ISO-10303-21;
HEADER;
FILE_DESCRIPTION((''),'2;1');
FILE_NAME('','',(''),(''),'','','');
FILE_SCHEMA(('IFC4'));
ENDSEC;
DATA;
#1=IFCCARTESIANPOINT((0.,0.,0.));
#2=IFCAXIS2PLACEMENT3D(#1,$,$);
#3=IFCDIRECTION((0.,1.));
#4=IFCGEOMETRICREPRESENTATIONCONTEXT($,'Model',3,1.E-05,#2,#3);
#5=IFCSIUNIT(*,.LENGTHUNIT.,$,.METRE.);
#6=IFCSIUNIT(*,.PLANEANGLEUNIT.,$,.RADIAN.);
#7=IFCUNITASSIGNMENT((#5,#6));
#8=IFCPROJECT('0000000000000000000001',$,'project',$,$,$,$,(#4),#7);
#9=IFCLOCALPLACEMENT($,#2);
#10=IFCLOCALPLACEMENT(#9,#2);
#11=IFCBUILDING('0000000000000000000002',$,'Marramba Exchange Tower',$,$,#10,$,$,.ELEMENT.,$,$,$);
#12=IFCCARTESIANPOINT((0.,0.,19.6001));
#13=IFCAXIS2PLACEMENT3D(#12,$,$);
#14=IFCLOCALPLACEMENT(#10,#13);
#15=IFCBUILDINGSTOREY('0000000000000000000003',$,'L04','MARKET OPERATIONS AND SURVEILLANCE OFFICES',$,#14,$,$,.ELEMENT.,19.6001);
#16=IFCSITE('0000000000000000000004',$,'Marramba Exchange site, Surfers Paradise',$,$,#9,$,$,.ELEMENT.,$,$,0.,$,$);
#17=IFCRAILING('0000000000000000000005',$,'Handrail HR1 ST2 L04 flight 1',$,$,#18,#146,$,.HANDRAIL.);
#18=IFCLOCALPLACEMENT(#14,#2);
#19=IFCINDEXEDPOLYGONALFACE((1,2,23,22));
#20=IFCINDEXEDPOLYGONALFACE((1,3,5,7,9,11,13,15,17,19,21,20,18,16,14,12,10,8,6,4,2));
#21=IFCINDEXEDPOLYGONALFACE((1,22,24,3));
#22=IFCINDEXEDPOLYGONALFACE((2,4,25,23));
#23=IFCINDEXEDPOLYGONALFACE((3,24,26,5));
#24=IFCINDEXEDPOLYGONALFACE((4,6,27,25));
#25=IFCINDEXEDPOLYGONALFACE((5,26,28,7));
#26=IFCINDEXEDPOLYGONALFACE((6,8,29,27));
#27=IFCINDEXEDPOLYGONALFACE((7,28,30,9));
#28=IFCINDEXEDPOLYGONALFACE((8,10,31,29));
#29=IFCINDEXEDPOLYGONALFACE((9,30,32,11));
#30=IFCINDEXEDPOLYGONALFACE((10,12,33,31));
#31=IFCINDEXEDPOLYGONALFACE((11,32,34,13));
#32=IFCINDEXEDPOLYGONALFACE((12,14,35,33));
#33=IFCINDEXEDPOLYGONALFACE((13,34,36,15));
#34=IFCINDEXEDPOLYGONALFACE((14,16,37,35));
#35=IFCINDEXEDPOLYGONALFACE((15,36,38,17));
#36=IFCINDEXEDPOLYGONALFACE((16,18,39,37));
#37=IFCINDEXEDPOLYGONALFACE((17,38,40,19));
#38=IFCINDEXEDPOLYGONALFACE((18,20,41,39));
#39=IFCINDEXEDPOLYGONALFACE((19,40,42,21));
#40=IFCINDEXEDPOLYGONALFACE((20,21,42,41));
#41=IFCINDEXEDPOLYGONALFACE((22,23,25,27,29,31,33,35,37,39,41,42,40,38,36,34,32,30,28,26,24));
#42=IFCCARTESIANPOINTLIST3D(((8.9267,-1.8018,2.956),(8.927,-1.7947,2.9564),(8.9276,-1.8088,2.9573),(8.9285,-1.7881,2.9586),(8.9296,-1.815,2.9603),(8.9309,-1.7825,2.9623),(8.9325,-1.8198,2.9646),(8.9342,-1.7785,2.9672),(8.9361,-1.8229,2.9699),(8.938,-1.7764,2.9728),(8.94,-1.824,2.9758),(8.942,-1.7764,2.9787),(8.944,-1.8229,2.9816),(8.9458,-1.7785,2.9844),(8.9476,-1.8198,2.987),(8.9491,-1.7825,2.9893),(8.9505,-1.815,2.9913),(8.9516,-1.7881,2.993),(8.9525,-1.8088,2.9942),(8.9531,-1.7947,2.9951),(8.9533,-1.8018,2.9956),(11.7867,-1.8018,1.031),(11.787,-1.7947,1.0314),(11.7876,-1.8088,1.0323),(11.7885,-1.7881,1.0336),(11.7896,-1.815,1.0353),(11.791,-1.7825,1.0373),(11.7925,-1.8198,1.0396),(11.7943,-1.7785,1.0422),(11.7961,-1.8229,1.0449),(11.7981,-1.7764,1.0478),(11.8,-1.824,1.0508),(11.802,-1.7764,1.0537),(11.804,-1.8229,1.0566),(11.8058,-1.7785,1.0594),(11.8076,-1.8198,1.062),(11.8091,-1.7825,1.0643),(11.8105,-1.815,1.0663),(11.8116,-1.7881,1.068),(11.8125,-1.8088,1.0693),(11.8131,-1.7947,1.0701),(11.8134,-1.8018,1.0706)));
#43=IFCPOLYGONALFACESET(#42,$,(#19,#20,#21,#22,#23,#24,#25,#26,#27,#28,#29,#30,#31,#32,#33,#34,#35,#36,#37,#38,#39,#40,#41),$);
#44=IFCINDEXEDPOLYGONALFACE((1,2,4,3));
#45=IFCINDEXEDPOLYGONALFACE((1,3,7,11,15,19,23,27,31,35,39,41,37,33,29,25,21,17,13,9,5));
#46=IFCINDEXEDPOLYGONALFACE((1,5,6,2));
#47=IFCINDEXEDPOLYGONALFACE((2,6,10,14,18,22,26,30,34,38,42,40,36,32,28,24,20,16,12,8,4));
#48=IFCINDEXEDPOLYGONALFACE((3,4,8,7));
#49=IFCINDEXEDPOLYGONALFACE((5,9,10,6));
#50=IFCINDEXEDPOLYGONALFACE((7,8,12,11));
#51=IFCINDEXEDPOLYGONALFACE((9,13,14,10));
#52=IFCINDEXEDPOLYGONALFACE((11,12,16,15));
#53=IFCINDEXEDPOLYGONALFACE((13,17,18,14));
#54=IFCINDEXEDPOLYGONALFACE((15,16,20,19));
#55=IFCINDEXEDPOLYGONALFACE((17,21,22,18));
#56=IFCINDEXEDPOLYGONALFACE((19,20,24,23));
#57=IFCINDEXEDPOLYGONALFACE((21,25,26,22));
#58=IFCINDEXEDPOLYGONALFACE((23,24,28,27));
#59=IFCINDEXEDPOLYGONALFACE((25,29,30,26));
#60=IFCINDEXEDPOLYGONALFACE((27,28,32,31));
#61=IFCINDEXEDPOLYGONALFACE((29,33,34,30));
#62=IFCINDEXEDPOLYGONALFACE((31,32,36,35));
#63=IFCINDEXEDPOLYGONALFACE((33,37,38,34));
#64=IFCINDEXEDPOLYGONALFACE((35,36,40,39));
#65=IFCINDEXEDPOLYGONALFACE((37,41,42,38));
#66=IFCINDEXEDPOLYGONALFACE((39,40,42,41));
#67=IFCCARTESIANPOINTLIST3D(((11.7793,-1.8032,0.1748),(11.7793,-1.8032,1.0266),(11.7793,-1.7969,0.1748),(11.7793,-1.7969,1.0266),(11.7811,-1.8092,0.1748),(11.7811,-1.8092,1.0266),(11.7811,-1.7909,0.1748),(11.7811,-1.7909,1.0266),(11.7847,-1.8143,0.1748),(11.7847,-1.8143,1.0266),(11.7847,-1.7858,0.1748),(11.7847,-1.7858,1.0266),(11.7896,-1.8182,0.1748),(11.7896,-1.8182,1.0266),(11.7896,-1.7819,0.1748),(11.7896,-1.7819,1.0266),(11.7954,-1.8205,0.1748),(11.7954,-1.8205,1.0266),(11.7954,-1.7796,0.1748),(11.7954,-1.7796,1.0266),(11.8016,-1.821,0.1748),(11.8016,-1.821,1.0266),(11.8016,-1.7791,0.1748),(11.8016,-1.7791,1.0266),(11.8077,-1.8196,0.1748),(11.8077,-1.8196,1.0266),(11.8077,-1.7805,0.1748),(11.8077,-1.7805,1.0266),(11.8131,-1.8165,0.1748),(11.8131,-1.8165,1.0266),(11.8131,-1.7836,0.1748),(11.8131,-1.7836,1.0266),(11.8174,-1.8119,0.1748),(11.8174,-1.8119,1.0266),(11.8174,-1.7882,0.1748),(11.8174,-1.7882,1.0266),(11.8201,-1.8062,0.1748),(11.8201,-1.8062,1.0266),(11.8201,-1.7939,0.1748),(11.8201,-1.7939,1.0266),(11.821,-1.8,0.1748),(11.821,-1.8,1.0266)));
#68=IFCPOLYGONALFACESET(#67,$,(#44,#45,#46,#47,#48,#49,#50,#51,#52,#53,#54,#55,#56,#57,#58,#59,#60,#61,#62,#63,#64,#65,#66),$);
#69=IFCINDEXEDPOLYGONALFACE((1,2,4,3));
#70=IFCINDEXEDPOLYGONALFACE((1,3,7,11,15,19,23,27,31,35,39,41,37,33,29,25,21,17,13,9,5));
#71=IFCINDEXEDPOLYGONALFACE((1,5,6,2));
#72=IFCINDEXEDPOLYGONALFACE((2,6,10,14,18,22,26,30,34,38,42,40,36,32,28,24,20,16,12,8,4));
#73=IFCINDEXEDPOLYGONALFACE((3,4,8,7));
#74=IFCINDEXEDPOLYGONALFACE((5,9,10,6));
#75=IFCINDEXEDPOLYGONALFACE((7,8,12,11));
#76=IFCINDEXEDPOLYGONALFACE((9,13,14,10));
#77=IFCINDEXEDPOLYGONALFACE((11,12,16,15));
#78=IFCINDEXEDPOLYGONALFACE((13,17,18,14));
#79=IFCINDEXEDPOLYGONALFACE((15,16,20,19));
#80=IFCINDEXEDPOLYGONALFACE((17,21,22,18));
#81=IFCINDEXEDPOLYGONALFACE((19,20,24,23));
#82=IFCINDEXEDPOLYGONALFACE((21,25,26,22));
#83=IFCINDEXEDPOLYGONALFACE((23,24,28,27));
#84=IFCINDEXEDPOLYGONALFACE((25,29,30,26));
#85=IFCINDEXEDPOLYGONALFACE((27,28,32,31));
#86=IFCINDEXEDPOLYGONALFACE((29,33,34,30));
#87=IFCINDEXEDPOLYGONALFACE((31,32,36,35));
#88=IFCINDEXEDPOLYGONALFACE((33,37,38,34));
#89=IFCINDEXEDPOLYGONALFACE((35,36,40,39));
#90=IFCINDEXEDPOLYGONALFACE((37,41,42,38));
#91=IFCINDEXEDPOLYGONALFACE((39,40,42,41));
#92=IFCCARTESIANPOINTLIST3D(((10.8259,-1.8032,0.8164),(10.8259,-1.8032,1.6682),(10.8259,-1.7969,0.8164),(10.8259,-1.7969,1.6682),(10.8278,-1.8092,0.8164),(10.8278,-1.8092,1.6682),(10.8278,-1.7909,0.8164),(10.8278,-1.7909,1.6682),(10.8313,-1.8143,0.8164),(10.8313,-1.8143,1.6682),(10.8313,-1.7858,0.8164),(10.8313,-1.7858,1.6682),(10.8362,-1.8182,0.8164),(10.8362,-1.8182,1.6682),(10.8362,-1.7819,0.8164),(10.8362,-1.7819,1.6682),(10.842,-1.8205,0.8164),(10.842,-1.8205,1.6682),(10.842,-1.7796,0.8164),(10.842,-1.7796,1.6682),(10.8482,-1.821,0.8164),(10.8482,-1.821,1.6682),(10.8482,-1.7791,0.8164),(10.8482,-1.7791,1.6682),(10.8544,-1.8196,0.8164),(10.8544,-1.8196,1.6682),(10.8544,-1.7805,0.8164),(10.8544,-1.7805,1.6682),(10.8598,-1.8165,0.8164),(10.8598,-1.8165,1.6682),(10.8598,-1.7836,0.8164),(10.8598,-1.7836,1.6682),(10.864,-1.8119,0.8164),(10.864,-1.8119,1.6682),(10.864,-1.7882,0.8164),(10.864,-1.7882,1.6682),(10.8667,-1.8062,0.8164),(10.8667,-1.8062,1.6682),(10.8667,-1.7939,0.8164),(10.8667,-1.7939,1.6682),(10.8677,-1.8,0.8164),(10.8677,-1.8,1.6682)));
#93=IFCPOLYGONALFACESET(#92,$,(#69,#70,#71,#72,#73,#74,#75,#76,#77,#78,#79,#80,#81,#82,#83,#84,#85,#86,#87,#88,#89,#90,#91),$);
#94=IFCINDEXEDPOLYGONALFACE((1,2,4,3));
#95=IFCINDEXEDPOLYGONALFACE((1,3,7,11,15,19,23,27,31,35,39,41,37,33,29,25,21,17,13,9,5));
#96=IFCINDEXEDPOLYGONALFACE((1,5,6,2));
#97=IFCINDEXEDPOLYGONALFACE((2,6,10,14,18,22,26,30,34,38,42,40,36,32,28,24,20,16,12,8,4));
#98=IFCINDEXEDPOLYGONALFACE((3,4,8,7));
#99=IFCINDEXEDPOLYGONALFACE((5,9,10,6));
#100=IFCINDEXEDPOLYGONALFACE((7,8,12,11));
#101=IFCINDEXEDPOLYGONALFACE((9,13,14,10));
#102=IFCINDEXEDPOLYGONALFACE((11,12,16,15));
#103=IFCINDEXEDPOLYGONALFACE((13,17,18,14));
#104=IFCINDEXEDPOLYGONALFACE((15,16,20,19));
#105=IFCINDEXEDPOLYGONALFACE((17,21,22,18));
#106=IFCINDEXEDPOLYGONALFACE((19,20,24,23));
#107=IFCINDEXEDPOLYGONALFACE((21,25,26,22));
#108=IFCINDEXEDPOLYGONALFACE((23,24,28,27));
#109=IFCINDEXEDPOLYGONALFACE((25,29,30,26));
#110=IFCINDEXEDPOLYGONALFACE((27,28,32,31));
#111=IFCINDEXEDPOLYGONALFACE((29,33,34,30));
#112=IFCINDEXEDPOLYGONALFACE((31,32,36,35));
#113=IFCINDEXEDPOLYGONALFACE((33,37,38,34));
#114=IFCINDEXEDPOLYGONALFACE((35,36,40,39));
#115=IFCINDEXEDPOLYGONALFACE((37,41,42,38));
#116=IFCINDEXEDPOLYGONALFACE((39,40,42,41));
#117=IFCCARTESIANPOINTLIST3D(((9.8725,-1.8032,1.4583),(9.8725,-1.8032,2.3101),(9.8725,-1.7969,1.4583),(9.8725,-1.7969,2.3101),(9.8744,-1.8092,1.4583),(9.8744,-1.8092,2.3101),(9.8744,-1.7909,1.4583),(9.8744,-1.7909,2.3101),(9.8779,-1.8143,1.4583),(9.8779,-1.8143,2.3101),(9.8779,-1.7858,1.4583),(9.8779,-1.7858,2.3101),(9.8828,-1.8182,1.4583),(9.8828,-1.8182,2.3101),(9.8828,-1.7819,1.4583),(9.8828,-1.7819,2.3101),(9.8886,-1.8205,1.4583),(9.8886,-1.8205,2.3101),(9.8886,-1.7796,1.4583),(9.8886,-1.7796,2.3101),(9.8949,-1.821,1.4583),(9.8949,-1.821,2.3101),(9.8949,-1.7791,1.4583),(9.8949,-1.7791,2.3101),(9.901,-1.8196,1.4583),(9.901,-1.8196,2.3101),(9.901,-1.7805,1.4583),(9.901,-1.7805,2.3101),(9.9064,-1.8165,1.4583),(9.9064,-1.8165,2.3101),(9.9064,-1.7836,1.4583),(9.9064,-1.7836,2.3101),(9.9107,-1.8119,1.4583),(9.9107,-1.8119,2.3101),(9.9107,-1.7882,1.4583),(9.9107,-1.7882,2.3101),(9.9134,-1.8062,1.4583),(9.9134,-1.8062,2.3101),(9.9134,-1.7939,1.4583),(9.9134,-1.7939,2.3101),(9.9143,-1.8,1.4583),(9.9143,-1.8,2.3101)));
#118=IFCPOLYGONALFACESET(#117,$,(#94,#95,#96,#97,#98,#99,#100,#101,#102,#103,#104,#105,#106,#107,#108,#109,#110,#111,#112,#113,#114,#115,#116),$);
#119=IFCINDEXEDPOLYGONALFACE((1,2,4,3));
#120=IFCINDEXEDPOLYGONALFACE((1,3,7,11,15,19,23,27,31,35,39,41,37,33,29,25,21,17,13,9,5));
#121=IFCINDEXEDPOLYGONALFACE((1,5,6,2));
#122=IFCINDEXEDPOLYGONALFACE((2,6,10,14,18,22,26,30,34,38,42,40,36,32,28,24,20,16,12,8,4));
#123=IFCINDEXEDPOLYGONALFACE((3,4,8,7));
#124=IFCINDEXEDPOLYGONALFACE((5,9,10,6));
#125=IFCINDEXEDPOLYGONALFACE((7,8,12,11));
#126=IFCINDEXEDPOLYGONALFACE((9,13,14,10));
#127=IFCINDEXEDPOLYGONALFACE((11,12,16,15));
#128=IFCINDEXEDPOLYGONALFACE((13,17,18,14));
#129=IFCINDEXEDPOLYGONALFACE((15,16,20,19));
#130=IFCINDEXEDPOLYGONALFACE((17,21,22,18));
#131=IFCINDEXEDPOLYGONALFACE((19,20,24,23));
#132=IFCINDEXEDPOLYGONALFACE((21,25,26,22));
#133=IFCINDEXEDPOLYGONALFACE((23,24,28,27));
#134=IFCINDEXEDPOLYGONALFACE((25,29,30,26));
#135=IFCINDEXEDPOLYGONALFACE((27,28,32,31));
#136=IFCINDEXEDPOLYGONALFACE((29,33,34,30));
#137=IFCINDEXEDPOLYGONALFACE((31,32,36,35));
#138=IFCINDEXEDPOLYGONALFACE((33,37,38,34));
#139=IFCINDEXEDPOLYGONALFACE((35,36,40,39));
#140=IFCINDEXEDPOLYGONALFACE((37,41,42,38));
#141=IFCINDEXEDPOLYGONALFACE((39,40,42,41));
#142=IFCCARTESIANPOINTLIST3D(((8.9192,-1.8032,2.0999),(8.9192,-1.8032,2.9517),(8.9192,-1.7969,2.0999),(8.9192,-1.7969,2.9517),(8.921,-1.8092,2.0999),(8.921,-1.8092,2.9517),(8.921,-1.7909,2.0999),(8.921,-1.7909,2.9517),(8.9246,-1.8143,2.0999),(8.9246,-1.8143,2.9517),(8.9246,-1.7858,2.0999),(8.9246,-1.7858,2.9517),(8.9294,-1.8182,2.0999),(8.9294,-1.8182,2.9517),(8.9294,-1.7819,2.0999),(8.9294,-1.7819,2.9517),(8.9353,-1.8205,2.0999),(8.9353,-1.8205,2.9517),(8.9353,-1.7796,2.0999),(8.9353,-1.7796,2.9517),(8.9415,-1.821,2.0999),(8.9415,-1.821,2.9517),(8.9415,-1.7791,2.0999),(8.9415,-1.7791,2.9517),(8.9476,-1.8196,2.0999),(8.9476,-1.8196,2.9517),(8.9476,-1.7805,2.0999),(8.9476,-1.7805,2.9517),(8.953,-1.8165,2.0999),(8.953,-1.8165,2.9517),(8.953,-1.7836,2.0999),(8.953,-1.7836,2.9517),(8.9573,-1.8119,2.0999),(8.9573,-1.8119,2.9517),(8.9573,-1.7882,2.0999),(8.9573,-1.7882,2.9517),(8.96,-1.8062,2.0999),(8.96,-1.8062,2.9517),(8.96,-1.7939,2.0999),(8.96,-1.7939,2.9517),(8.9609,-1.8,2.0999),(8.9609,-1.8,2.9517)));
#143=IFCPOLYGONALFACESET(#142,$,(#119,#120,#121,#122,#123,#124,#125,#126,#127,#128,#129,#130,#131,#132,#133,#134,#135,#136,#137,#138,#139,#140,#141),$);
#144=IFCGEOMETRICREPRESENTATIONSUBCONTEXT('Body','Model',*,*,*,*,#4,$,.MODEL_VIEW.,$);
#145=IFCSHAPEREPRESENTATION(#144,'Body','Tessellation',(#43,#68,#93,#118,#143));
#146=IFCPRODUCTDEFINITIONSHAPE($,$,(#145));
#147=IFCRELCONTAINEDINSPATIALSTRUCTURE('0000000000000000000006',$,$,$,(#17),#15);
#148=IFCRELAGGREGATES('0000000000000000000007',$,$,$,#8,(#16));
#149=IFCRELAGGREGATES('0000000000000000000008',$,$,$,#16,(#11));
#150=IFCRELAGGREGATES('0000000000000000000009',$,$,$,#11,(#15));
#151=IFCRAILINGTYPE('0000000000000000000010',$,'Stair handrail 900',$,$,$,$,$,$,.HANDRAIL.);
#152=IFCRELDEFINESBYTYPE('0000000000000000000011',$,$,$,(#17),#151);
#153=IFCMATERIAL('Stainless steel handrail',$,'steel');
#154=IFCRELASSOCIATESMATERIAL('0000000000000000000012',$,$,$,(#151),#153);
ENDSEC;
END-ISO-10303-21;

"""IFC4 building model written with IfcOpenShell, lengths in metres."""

from ifc_helpers import new_model, si_unit, direction, frame, origin, origin_2d, place, context, subcontext, project, spatial, circle, extrude, material, type_object, element, save


model = new_model("IFC4")

# Units and contexts
model_context = context("Model", 3, precision=1e-05, world=origin(), true_north=direction((0.0, 1.0)))
body_context = subcontext(model_context, "Body", "Model", "MODEL_VIEW")
ifc_project = project(units=[si_unit("LENGTHUNIT", "METRE"), si_unit("PLANEANGLEUNIT", "RADIAN")], contexts=[model_context])

# Site, building, storey
site_placement = place(None, origin())
site = spatial("IfcSite", under=ifc_project, at=site_placement, Name="Marramba Exchange site, Surfers Paradise", CompositionType="ELEMENT", RefElevation=0.0)
building_placement = place(site_placement, origin())
building = spatial("IfcBuilding", under=site, at=building_placement, Name="Marramba Exchange Tower", CompositionType="ELEMENT")
storey_placement = place(building_placement, frame((0.0, 0.0, 19.6001)))
storey = spatial("IfcBuildingStorey", under=building, at=storey_placement, Name="L04", Description="MARKET OPERATIONS AND SURVEILLANCE OFFICES", CompositionType="ELEMENT", Elevation=19.6001)

# Railing
ifc_material_1 = material(Name="Stainless steel handrail", Category="steel")
railing_type = type_object("IfcRailingType", Name="Stair handrail 900", PredefinedType="HANDRAIL", material=ifc_material_1)
railing_placement = place(storey_placement, frame((11.8, -1.8, 0.1748)))
element("IfcRailing", 1, at=railing_placement, inside=storey, type_object=railing_type, Name="Handrail HR1 ST2 L04 flight 1", PredefinedType="HANDRAIL", context=body_context, shape_type="SweptSolid", body=[
    extrude(circle(Radius=0.0239, at=origin_2d()), frame((0.0, 0.0, 0.876), z_axis=(-0.829591, 0.0, 0.558372), x_axis=(0.0, -1.0, 0.0)), (0.0, 0.0, 1.0), 3.4475),
    extrude(circle(Radius=0.021, at=origin_2d()), origin(), (0.0, 0.0, 1.0), 0.8518),
    extrude(circle(Radius=0.021, at=origin_2d()), frame((-0.9534, 0.0, 0.6416)), (0.0, 0.0, 1.0), 0.8518),
    extrude(circle(Radius=0.021, at=origin_2d()), frame((-1.9067, 0.0, 1.2834)), (0.0, 0.0, 1.0), 0.8518),
    extrude(circle(Radius=0.021, at=origin_2d()), frame((-2.8601, 0.0, 1.925)), (0.0, 0.0, 1.0), 0.8518),
])

save(model, "model.ifc")
